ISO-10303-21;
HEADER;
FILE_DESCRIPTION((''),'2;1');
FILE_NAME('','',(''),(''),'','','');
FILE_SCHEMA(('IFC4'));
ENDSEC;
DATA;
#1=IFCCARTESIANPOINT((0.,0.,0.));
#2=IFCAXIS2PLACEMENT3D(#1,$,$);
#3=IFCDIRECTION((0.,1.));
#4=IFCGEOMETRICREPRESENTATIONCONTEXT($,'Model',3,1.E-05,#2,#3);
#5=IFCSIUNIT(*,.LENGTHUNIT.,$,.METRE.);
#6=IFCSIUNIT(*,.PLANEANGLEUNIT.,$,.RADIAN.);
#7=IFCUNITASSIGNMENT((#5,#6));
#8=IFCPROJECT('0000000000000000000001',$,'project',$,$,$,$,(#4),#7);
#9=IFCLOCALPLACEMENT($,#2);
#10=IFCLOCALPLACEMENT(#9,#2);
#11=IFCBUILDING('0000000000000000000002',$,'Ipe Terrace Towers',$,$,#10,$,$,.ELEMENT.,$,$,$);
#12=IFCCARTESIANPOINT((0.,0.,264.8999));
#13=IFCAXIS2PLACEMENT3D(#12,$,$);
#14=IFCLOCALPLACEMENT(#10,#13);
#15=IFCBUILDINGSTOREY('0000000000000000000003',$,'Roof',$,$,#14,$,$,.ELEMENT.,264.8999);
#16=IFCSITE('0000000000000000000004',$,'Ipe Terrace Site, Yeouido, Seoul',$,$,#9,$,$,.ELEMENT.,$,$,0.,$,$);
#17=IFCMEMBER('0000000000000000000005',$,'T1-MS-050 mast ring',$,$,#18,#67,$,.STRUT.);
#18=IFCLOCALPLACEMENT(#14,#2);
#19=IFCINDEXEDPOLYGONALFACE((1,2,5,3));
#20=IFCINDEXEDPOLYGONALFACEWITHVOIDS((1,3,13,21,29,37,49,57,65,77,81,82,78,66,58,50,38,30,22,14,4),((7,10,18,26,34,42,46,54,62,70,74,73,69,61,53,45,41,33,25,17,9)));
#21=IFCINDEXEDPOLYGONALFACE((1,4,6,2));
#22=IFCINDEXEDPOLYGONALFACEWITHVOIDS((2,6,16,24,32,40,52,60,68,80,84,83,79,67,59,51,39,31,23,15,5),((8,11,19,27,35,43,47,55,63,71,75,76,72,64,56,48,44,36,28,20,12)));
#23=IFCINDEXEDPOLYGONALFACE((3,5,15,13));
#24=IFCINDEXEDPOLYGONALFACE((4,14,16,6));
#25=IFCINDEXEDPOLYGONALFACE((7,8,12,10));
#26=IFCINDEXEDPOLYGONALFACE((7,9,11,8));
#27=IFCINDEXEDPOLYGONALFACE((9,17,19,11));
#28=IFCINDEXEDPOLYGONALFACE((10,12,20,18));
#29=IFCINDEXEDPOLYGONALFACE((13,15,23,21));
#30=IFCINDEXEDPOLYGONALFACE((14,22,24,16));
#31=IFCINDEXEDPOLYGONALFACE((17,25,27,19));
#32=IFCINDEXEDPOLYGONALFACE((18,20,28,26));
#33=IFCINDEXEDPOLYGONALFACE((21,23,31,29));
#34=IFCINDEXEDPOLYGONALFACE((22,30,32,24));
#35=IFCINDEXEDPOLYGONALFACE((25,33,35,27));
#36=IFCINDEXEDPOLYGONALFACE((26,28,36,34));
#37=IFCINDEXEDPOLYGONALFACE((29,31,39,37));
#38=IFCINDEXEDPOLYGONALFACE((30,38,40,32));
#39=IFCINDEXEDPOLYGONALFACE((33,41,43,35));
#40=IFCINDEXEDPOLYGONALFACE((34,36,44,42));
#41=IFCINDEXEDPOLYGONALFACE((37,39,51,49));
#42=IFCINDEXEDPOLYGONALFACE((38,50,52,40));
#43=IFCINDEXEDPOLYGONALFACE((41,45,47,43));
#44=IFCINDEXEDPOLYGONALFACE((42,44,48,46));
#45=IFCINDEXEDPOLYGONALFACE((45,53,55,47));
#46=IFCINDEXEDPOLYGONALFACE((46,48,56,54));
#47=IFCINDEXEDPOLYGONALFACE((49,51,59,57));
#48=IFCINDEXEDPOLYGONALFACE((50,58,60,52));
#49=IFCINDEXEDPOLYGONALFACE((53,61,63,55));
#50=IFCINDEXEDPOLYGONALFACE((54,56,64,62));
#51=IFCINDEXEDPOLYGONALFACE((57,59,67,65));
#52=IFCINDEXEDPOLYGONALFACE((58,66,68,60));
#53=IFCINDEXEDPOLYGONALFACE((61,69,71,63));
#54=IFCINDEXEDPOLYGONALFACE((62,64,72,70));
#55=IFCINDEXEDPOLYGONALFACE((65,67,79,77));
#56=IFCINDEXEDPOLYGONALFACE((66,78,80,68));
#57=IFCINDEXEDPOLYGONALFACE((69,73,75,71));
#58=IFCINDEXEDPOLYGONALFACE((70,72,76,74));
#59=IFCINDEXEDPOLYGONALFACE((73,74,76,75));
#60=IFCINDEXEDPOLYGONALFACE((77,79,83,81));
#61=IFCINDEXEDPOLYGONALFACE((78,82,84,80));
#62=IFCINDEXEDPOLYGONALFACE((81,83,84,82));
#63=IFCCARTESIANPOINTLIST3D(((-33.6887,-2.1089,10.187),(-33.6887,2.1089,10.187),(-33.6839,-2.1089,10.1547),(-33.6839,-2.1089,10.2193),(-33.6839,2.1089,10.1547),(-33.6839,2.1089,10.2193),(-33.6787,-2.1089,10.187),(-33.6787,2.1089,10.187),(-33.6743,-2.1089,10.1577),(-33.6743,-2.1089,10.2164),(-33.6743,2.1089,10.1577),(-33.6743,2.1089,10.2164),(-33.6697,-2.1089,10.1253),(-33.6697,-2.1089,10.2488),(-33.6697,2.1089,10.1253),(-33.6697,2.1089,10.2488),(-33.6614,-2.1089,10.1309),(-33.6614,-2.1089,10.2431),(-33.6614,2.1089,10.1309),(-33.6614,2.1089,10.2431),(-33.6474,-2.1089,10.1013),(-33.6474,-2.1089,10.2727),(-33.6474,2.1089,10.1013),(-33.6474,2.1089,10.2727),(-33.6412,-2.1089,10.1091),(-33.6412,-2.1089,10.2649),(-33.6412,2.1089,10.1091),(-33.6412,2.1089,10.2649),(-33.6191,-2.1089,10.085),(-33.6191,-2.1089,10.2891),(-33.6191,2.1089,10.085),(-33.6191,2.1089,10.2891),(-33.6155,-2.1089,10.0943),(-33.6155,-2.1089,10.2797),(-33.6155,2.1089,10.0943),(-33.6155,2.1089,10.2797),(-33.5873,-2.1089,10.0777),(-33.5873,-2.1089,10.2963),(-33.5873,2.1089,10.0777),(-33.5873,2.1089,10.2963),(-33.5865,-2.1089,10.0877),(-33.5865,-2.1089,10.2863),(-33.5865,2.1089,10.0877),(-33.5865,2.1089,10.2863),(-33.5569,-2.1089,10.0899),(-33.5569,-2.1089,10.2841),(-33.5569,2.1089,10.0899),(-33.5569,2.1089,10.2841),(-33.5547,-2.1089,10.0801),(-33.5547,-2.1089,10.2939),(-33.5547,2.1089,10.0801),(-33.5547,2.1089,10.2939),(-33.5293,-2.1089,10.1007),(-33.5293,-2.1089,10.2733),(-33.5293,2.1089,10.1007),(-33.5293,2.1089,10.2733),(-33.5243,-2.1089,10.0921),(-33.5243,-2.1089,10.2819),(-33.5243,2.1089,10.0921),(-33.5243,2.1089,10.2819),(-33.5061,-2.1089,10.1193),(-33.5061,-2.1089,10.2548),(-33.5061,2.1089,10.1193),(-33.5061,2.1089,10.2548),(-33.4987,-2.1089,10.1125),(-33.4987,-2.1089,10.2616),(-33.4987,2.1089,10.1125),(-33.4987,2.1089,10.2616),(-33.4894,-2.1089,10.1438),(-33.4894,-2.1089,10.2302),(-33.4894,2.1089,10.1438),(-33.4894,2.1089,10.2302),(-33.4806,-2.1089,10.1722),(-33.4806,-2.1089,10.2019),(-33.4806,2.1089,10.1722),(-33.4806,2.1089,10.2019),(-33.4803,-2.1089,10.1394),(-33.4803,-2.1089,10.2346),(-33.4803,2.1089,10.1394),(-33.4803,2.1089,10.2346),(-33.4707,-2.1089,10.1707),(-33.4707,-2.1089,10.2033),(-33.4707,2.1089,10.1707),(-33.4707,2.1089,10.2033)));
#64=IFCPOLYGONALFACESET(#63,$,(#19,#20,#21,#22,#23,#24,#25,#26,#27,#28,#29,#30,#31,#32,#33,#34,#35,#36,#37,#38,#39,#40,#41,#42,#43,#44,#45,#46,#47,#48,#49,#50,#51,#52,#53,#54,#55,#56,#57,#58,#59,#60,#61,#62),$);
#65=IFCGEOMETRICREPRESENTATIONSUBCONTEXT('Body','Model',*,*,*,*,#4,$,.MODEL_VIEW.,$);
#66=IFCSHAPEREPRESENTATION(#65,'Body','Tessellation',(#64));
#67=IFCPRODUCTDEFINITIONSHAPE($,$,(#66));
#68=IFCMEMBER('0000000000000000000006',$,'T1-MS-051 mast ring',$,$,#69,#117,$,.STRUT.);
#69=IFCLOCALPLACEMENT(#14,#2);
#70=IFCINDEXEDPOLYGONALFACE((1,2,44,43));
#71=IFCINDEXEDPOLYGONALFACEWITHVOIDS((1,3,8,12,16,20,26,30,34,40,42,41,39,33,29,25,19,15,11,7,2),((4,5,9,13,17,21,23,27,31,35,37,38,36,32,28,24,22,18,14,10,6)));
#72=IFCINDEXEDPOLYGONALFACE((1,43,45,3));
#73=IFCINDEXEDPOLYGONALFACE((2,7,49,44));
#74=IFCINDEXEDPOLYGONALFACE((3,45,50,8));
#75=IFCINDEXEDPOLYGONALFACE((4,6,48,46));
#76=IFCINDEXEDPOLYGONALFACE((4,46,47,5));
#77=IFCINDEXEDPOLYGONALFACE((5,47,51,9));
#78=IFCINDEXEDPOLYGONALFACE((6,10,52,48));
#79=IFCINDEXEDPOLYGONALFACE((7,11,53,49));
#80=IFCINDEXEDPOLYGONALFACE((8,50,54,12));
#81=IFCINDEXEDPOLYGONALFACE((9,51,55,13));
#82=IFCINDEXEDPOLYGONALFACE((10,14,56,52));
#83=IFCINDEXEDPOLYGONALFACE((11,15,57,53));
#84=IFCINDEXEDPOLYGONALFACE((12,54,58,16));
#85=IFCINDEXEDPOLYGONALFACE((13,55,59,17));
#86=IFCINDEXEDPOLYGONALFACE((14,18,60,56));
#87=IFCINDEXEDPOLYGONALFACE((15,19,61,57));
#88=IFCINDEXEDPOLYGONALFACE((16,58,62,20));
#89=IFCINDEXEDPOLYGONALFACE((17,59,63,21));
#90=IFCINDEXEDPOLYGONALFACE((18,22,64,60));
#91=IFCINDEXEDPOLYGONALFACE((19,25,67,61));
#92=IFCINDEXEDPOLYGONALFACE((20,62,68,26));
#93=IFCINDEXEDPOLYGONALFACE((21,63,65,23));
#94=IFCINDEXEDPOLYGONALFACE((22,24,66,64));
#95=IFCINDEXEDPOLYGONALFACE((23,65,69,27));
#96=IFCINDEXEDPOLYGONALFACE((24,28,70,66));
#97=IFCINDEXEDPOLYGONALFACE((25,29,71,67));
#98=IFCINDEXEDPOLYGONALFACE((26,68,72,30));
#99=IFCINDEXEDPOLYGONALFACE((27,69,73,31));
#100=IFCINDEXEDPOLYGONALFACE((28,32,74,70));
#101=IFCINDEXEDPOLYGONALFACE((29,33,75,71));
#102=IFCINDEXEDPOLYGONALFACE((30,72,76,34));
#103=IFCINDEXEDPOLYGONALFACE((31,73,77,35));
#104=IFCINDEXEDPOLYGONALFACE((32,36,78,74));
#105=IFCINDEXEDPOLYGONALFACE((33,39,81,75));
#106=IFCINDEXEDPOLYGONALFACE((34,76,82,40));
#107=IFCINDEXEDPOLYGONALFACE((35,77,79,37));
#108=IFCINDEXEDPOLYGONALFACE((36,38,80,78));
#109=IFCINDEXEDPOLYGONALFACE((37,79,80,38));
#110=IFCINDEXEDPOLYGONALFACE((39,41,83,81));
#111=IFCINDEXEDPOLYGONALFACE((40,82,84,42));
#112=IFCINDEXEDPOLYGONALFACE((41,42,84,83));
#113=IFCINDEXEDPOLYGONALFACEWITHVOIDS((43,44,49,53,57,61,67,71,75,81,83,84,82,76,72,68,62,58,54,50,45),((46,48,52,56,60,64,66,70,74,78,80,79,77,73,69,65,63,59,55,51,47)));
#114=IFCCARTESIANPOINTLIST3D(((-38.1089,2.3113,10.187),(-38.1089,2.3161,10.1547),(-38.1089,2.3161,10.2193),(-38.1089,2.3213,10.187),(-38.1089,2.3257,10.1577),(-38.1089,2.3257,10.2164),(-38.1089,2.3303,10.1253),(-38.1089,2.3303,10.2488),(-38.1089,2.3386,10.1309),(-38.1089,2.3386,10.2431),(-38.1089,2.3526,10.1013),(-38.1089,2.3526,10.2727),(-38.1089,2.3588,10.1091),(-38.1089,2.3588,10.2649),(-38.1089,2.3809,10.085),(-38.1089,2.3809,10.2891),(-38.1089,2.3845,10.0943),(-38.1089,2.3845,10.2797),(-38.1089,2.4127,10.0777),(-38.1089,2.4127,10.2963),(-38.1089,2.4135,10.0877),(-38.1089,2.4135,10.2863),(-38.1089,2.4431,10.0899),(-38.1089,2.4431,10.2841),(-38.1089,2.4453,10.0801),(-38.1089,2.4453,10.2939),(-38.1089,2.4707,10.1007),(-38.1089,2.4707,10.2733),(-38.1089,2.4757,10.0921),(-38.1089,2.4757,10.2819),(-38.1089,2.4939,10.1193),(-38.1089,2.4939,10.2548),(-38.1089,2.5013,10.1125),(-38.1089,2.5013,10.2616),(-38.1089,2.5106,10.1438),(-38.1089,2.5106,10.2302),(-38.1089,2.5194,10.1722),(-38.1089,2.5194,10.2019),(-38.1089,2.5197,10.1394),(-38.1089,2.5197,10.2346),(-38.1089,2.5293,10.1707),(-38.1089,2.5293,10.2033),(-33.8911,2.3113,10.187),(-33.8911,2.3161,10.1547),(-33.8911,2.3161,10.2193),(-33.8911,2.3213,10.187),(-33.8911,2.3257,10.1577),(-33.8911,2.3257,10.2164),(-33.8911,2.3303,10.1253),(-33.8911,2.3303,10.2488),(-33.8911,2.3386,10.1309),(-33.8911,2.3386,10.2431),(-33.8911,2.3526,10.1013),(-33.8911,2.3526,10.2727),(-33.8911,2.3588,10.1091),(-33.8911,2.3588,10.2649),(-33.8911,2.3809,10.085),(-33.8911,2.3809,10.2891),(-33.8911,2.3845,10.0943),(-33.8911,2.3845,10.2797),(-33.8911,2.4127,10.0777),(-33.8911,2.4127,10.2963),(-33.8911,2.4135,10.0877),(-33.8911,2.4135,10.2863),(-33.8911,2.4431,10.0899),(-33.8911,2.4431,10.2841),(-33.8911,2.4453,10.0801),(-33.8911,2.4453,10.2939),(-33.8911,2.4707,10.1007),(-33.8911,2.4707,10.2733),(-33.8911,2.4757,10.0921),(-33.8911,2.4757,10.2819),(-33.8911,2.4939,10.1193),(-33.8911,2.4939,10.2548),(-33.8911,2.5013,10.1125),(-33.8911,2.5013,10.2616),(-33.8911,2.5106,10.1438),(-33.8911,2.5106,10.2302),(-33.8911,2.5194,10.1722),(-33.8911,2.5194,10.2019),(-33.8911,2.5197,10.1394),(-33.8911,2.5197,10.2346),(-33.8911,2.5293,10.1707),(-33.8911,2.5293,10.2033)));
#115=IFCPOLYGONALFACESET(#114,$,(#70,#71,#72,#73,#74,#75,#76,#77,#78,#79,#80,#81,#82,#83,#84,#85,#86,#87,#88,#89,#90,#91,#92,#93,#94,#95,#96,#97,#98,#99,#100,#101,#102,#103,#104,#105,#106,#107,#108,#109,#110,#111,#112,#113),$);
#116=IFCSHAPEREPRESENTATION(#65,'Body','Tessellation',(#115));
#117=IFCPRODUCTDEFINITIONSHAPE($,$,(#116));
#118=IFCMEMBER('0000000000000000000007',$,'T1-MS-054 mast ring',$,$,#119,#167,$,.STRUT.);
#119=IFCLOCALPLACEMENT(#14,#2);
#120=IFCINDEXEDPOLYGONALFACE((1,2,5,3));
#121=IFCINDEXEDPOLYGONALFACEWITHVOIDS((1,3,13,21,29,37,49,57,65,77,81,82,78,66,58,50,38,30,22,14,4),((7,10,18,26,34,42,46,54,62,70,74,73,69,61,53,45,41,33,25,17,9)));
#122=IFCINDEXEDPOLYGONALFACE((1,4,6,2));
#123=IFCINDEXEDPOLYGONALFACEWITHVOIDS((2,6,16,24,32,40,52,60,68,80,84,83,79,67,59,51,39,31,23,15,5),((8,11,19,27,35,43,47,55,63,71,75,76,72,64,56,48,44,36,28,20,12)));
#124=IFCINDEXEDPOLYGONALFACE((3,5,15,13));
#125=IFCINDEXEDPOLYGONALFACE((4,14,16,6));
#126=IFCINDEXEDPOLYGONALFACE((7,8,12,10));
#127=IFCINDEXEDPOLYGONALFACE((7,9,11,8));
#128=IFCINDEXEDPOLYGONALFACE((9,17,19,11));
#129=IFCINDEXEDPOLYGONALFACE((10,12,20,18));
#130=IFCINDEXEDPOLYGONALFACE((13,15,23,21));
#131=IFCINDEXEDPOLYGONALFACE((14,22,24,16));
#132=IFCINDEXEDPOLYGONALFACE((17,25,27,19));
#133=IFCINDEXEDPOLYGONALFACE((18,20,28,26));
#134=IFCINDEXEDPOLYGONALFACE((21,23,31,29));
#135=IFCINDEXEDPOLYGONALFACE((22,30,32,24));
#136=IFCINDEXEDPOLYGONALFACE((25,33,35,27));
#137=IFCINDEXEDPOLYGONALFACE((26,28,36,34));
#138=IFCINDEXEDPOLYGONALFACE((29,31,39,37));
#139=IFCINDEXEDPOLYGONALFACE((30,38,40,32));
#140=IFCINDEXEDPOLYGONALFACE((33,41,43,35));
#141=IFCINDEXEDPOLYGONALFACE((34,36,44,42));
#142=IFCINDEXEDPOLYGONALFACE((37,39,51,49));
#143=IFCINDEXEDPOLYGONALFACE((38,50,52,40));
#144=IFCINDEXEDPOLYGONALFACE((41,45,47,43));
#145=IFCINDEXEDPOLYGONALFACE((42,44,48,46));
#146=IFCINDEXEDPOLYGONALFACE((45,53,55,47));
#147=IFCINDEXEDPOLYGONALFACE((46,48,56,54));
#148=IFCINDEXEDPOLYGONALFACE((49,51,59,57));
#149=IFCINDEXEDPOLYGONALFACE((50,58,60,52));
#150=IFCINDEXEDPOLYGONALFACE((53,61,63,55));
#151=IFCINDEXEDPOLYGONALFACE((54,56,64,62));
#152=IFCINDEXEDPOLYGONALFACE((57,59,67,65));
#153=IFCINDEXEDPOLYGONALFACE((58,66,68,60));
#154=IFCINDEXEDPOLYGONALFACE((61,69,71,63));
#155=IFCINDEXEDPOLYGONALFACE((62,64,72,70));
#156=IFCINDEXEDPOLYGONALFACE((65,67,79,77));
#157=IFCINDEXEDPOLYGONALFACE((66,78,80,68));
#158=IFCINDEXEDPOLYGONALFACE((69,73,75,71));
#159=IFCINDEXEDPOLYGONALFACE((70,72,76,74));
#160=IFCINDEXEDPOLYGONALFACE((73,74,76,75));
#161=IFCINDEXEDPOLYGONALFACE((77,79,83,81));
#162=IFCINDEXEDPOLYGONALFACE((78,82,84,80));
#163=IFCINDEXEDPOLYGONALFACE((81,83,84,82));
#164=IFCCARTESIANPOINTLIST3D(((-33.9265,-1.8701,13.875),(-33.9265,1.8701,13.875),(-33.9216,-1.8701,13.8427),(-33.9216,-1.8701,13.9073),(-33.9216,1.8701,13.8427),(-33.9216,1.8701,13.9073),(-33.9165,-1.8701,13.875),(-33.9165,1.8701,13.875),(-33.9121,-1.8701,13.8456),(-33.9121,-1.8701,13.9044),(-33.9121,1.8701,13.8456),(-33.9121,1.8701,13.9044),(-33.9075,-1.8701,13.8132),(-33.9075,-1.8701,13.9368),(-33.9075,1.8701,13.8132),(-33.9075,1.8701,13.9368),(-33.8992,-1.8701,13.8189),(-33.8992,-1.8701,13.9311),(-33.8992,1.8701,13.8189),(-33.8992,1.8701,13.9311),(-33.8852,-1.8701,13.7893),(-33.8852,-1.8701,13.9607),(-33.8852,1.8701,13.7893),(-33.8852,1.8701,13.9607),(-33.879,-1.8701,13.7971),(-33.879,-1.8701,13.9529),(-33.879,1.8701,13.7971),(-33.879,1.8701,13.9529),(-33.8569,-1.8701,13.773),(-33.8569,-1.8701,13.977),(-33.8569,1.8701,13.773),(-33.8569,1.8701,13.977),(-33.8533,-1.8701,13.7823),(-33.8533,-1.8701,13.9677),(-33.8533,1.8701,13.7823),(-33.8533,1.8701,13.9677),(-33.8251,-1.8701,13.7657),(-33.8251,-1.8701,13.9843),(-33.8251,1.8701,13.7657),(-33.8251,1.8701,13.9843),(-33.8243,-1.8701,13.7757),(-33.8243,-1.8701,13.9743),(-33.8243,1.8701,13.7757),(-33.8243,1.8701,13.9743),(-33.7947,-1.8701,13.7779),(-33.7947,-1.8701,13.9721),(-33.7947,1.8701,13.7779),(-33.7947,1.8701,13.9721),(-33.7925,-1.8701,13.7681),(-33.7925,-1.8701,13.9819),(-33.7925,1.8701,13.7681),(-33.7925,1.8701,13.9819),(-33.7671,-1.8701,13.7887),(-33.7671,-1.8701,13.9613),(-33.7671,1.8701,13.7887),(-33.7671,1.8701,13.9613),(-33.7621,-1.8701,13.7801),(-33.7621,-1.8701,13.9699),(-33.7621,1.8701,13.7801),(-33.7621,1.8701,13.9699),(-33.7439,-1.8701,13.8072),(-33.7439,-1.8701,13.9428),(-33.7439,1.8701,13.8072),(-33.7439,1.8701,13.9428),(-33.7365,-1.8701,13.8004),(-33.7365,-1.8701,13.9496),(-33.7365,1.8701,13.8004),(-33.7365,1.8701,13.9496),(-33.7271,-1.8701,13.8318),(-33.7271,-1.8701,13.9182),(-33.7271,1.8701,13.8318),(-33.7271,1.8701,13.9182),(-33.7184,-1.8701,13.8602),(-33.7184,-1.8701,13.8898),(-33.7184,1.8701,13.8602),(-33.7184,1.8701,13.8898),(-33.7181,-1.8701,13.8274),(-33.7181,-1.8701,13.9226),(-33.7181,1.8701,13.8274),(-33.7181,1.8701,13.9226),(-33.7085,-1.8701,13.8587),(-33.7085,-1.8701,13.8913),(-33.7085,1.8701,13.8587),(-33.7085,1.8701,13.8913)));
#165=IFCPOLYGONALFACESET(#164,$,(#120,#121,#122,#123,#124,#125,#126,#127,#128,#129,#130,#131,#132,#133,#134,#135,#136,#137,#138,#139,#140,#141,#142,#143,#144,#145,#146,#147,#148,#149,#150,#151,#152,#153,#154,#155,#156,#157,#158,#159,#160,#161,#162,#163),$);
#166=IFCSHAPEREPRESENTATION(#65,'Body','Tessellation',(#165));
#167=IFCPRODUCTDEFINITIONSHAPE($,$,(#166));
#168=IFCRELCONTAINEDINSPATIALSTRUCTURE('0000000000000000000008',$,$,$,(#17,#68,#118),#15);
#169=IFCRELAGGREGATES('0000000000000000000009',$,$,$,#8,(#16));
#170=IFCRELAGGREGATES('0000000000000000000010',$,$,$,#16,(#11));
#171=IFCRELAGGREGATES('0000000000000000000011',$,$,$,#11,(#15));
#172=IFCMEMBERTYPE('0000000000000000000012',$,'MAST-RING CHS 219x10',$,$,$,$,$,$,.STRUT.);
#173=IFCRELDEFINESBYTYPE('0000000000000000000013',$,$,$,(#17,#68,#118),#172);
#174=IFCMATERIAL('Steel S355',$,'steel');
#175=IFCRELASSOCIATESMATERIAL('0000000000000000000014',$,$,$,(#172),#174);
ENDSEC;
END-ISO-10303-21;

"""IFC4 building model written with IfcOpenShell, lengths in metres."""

from ifc_helpers import new_model, si_unit, direction, frame, origin, origin_2d, place, context, subcontext, project, spatial, hollow_circle, extrude, material, material_profile, profile_set, type_object, element, save


model = new_model("IFC4")

# Units and contexts
model_context = context("Model", 3, precision=1e-05, world=origin(), true_north=direction((0.0, 1.0)))
body_context = subcontext(model_context, "Body", "Model", "MODEL_VIEW")
ifc_project = project(units=[si_unit("LENGTHUNIT", "METRE"), si_unit("PLANEANGLEUNIT", "RADIAN")], contexts=[model_context])

# Site, building, storey
site_placement = place(None, origin())
site = spatial("IfcSite", under=ifc_project, at=site_placement, Name="Ipe Terrace Site, Yeouido, Seoul", CompositionType="ELEMENT", RefElevation=0.0)
building_placement = place(site_placement, origin())
building = spatial("IfcBuilding", under=site, at=building_placement, Name="Ipe Terrace Towers", CompositionType="ELEMENT")
storey_placement = place(building_placement, frame((0.0, 0.0, 264.8999)))
storey = spatial("IfcBuildingStorey", under=building, at=storey_placement, Name="Roof", CompositionType="ELEMENT", Elevation=264.8999)

# Members
ifc_material_1 = material(Name="Steel S355", Category="steel")
ifc_material_profile_1 = material_profile(ifc_material_1, hollow_circle(Radius=0.1096, WallThickness=0.01, at=origin_2d()), Name="MAST-RING CHS 219x10")
ifc_profile_set_1 = profile_set([ifc_material_profile_1], Name="Steel S355")
member_type_1 = type_object("IfcMemberType", Name="MAST-RING CHS 219x10", PredefinedType="STRUT", material=ifc_profile_set_1)
for number, where, z_axis, x_axis, name in (
    (1, (-33.5791, -2.1089, 10.187), (0.0, 1.0, 0.0), (-1.0, 0.0, 0.0), "T1-MS-050 mast ring"),
    (2, (-33.8911, 2.4209, 10.187), (-1.0, 0.0, 0.0), (0.0, -1.0, 0.0), "T1-MS-051 mast ring"),
):
    element("IfcMember", number, at=place(storey_placement, frame(where, z_axis=z_axis, x_axis=x_axis)), inside=storey, type_object=member_type_1, Name=name, PredefinedType="STRUT", context=body_context, shape_type="SweptSolid", body=[
        extrude(hollow_circle(Radius=0.1096, WallThickness=0.01, at=origin_2d()), origin(), (0.0, 0.0, 1.0), 4.2178),
    ])
member_1_placement = place(storey_placement, frame((-33.8169, -1.8701, 13.875), z_axis=(0.0, 1.0, 0.0), x_axis=(-1.0, 0.0, 0.0)))
element("IfcMember", 3, at=member_1_placement, inside=storey, type_object=member_type_1, Name="T1-MS-054 mast ring", PredefinedType="STRUT", context=body_context, shape_type="SweptSolid", body=[
    extrude(hollow_circle(Radius=0.1096, WallThickness=0.01, at=origin_2d()), origin(), (0.0, 0.0, 1.0), 3.7402),
])

save(model, "model.ifc")
